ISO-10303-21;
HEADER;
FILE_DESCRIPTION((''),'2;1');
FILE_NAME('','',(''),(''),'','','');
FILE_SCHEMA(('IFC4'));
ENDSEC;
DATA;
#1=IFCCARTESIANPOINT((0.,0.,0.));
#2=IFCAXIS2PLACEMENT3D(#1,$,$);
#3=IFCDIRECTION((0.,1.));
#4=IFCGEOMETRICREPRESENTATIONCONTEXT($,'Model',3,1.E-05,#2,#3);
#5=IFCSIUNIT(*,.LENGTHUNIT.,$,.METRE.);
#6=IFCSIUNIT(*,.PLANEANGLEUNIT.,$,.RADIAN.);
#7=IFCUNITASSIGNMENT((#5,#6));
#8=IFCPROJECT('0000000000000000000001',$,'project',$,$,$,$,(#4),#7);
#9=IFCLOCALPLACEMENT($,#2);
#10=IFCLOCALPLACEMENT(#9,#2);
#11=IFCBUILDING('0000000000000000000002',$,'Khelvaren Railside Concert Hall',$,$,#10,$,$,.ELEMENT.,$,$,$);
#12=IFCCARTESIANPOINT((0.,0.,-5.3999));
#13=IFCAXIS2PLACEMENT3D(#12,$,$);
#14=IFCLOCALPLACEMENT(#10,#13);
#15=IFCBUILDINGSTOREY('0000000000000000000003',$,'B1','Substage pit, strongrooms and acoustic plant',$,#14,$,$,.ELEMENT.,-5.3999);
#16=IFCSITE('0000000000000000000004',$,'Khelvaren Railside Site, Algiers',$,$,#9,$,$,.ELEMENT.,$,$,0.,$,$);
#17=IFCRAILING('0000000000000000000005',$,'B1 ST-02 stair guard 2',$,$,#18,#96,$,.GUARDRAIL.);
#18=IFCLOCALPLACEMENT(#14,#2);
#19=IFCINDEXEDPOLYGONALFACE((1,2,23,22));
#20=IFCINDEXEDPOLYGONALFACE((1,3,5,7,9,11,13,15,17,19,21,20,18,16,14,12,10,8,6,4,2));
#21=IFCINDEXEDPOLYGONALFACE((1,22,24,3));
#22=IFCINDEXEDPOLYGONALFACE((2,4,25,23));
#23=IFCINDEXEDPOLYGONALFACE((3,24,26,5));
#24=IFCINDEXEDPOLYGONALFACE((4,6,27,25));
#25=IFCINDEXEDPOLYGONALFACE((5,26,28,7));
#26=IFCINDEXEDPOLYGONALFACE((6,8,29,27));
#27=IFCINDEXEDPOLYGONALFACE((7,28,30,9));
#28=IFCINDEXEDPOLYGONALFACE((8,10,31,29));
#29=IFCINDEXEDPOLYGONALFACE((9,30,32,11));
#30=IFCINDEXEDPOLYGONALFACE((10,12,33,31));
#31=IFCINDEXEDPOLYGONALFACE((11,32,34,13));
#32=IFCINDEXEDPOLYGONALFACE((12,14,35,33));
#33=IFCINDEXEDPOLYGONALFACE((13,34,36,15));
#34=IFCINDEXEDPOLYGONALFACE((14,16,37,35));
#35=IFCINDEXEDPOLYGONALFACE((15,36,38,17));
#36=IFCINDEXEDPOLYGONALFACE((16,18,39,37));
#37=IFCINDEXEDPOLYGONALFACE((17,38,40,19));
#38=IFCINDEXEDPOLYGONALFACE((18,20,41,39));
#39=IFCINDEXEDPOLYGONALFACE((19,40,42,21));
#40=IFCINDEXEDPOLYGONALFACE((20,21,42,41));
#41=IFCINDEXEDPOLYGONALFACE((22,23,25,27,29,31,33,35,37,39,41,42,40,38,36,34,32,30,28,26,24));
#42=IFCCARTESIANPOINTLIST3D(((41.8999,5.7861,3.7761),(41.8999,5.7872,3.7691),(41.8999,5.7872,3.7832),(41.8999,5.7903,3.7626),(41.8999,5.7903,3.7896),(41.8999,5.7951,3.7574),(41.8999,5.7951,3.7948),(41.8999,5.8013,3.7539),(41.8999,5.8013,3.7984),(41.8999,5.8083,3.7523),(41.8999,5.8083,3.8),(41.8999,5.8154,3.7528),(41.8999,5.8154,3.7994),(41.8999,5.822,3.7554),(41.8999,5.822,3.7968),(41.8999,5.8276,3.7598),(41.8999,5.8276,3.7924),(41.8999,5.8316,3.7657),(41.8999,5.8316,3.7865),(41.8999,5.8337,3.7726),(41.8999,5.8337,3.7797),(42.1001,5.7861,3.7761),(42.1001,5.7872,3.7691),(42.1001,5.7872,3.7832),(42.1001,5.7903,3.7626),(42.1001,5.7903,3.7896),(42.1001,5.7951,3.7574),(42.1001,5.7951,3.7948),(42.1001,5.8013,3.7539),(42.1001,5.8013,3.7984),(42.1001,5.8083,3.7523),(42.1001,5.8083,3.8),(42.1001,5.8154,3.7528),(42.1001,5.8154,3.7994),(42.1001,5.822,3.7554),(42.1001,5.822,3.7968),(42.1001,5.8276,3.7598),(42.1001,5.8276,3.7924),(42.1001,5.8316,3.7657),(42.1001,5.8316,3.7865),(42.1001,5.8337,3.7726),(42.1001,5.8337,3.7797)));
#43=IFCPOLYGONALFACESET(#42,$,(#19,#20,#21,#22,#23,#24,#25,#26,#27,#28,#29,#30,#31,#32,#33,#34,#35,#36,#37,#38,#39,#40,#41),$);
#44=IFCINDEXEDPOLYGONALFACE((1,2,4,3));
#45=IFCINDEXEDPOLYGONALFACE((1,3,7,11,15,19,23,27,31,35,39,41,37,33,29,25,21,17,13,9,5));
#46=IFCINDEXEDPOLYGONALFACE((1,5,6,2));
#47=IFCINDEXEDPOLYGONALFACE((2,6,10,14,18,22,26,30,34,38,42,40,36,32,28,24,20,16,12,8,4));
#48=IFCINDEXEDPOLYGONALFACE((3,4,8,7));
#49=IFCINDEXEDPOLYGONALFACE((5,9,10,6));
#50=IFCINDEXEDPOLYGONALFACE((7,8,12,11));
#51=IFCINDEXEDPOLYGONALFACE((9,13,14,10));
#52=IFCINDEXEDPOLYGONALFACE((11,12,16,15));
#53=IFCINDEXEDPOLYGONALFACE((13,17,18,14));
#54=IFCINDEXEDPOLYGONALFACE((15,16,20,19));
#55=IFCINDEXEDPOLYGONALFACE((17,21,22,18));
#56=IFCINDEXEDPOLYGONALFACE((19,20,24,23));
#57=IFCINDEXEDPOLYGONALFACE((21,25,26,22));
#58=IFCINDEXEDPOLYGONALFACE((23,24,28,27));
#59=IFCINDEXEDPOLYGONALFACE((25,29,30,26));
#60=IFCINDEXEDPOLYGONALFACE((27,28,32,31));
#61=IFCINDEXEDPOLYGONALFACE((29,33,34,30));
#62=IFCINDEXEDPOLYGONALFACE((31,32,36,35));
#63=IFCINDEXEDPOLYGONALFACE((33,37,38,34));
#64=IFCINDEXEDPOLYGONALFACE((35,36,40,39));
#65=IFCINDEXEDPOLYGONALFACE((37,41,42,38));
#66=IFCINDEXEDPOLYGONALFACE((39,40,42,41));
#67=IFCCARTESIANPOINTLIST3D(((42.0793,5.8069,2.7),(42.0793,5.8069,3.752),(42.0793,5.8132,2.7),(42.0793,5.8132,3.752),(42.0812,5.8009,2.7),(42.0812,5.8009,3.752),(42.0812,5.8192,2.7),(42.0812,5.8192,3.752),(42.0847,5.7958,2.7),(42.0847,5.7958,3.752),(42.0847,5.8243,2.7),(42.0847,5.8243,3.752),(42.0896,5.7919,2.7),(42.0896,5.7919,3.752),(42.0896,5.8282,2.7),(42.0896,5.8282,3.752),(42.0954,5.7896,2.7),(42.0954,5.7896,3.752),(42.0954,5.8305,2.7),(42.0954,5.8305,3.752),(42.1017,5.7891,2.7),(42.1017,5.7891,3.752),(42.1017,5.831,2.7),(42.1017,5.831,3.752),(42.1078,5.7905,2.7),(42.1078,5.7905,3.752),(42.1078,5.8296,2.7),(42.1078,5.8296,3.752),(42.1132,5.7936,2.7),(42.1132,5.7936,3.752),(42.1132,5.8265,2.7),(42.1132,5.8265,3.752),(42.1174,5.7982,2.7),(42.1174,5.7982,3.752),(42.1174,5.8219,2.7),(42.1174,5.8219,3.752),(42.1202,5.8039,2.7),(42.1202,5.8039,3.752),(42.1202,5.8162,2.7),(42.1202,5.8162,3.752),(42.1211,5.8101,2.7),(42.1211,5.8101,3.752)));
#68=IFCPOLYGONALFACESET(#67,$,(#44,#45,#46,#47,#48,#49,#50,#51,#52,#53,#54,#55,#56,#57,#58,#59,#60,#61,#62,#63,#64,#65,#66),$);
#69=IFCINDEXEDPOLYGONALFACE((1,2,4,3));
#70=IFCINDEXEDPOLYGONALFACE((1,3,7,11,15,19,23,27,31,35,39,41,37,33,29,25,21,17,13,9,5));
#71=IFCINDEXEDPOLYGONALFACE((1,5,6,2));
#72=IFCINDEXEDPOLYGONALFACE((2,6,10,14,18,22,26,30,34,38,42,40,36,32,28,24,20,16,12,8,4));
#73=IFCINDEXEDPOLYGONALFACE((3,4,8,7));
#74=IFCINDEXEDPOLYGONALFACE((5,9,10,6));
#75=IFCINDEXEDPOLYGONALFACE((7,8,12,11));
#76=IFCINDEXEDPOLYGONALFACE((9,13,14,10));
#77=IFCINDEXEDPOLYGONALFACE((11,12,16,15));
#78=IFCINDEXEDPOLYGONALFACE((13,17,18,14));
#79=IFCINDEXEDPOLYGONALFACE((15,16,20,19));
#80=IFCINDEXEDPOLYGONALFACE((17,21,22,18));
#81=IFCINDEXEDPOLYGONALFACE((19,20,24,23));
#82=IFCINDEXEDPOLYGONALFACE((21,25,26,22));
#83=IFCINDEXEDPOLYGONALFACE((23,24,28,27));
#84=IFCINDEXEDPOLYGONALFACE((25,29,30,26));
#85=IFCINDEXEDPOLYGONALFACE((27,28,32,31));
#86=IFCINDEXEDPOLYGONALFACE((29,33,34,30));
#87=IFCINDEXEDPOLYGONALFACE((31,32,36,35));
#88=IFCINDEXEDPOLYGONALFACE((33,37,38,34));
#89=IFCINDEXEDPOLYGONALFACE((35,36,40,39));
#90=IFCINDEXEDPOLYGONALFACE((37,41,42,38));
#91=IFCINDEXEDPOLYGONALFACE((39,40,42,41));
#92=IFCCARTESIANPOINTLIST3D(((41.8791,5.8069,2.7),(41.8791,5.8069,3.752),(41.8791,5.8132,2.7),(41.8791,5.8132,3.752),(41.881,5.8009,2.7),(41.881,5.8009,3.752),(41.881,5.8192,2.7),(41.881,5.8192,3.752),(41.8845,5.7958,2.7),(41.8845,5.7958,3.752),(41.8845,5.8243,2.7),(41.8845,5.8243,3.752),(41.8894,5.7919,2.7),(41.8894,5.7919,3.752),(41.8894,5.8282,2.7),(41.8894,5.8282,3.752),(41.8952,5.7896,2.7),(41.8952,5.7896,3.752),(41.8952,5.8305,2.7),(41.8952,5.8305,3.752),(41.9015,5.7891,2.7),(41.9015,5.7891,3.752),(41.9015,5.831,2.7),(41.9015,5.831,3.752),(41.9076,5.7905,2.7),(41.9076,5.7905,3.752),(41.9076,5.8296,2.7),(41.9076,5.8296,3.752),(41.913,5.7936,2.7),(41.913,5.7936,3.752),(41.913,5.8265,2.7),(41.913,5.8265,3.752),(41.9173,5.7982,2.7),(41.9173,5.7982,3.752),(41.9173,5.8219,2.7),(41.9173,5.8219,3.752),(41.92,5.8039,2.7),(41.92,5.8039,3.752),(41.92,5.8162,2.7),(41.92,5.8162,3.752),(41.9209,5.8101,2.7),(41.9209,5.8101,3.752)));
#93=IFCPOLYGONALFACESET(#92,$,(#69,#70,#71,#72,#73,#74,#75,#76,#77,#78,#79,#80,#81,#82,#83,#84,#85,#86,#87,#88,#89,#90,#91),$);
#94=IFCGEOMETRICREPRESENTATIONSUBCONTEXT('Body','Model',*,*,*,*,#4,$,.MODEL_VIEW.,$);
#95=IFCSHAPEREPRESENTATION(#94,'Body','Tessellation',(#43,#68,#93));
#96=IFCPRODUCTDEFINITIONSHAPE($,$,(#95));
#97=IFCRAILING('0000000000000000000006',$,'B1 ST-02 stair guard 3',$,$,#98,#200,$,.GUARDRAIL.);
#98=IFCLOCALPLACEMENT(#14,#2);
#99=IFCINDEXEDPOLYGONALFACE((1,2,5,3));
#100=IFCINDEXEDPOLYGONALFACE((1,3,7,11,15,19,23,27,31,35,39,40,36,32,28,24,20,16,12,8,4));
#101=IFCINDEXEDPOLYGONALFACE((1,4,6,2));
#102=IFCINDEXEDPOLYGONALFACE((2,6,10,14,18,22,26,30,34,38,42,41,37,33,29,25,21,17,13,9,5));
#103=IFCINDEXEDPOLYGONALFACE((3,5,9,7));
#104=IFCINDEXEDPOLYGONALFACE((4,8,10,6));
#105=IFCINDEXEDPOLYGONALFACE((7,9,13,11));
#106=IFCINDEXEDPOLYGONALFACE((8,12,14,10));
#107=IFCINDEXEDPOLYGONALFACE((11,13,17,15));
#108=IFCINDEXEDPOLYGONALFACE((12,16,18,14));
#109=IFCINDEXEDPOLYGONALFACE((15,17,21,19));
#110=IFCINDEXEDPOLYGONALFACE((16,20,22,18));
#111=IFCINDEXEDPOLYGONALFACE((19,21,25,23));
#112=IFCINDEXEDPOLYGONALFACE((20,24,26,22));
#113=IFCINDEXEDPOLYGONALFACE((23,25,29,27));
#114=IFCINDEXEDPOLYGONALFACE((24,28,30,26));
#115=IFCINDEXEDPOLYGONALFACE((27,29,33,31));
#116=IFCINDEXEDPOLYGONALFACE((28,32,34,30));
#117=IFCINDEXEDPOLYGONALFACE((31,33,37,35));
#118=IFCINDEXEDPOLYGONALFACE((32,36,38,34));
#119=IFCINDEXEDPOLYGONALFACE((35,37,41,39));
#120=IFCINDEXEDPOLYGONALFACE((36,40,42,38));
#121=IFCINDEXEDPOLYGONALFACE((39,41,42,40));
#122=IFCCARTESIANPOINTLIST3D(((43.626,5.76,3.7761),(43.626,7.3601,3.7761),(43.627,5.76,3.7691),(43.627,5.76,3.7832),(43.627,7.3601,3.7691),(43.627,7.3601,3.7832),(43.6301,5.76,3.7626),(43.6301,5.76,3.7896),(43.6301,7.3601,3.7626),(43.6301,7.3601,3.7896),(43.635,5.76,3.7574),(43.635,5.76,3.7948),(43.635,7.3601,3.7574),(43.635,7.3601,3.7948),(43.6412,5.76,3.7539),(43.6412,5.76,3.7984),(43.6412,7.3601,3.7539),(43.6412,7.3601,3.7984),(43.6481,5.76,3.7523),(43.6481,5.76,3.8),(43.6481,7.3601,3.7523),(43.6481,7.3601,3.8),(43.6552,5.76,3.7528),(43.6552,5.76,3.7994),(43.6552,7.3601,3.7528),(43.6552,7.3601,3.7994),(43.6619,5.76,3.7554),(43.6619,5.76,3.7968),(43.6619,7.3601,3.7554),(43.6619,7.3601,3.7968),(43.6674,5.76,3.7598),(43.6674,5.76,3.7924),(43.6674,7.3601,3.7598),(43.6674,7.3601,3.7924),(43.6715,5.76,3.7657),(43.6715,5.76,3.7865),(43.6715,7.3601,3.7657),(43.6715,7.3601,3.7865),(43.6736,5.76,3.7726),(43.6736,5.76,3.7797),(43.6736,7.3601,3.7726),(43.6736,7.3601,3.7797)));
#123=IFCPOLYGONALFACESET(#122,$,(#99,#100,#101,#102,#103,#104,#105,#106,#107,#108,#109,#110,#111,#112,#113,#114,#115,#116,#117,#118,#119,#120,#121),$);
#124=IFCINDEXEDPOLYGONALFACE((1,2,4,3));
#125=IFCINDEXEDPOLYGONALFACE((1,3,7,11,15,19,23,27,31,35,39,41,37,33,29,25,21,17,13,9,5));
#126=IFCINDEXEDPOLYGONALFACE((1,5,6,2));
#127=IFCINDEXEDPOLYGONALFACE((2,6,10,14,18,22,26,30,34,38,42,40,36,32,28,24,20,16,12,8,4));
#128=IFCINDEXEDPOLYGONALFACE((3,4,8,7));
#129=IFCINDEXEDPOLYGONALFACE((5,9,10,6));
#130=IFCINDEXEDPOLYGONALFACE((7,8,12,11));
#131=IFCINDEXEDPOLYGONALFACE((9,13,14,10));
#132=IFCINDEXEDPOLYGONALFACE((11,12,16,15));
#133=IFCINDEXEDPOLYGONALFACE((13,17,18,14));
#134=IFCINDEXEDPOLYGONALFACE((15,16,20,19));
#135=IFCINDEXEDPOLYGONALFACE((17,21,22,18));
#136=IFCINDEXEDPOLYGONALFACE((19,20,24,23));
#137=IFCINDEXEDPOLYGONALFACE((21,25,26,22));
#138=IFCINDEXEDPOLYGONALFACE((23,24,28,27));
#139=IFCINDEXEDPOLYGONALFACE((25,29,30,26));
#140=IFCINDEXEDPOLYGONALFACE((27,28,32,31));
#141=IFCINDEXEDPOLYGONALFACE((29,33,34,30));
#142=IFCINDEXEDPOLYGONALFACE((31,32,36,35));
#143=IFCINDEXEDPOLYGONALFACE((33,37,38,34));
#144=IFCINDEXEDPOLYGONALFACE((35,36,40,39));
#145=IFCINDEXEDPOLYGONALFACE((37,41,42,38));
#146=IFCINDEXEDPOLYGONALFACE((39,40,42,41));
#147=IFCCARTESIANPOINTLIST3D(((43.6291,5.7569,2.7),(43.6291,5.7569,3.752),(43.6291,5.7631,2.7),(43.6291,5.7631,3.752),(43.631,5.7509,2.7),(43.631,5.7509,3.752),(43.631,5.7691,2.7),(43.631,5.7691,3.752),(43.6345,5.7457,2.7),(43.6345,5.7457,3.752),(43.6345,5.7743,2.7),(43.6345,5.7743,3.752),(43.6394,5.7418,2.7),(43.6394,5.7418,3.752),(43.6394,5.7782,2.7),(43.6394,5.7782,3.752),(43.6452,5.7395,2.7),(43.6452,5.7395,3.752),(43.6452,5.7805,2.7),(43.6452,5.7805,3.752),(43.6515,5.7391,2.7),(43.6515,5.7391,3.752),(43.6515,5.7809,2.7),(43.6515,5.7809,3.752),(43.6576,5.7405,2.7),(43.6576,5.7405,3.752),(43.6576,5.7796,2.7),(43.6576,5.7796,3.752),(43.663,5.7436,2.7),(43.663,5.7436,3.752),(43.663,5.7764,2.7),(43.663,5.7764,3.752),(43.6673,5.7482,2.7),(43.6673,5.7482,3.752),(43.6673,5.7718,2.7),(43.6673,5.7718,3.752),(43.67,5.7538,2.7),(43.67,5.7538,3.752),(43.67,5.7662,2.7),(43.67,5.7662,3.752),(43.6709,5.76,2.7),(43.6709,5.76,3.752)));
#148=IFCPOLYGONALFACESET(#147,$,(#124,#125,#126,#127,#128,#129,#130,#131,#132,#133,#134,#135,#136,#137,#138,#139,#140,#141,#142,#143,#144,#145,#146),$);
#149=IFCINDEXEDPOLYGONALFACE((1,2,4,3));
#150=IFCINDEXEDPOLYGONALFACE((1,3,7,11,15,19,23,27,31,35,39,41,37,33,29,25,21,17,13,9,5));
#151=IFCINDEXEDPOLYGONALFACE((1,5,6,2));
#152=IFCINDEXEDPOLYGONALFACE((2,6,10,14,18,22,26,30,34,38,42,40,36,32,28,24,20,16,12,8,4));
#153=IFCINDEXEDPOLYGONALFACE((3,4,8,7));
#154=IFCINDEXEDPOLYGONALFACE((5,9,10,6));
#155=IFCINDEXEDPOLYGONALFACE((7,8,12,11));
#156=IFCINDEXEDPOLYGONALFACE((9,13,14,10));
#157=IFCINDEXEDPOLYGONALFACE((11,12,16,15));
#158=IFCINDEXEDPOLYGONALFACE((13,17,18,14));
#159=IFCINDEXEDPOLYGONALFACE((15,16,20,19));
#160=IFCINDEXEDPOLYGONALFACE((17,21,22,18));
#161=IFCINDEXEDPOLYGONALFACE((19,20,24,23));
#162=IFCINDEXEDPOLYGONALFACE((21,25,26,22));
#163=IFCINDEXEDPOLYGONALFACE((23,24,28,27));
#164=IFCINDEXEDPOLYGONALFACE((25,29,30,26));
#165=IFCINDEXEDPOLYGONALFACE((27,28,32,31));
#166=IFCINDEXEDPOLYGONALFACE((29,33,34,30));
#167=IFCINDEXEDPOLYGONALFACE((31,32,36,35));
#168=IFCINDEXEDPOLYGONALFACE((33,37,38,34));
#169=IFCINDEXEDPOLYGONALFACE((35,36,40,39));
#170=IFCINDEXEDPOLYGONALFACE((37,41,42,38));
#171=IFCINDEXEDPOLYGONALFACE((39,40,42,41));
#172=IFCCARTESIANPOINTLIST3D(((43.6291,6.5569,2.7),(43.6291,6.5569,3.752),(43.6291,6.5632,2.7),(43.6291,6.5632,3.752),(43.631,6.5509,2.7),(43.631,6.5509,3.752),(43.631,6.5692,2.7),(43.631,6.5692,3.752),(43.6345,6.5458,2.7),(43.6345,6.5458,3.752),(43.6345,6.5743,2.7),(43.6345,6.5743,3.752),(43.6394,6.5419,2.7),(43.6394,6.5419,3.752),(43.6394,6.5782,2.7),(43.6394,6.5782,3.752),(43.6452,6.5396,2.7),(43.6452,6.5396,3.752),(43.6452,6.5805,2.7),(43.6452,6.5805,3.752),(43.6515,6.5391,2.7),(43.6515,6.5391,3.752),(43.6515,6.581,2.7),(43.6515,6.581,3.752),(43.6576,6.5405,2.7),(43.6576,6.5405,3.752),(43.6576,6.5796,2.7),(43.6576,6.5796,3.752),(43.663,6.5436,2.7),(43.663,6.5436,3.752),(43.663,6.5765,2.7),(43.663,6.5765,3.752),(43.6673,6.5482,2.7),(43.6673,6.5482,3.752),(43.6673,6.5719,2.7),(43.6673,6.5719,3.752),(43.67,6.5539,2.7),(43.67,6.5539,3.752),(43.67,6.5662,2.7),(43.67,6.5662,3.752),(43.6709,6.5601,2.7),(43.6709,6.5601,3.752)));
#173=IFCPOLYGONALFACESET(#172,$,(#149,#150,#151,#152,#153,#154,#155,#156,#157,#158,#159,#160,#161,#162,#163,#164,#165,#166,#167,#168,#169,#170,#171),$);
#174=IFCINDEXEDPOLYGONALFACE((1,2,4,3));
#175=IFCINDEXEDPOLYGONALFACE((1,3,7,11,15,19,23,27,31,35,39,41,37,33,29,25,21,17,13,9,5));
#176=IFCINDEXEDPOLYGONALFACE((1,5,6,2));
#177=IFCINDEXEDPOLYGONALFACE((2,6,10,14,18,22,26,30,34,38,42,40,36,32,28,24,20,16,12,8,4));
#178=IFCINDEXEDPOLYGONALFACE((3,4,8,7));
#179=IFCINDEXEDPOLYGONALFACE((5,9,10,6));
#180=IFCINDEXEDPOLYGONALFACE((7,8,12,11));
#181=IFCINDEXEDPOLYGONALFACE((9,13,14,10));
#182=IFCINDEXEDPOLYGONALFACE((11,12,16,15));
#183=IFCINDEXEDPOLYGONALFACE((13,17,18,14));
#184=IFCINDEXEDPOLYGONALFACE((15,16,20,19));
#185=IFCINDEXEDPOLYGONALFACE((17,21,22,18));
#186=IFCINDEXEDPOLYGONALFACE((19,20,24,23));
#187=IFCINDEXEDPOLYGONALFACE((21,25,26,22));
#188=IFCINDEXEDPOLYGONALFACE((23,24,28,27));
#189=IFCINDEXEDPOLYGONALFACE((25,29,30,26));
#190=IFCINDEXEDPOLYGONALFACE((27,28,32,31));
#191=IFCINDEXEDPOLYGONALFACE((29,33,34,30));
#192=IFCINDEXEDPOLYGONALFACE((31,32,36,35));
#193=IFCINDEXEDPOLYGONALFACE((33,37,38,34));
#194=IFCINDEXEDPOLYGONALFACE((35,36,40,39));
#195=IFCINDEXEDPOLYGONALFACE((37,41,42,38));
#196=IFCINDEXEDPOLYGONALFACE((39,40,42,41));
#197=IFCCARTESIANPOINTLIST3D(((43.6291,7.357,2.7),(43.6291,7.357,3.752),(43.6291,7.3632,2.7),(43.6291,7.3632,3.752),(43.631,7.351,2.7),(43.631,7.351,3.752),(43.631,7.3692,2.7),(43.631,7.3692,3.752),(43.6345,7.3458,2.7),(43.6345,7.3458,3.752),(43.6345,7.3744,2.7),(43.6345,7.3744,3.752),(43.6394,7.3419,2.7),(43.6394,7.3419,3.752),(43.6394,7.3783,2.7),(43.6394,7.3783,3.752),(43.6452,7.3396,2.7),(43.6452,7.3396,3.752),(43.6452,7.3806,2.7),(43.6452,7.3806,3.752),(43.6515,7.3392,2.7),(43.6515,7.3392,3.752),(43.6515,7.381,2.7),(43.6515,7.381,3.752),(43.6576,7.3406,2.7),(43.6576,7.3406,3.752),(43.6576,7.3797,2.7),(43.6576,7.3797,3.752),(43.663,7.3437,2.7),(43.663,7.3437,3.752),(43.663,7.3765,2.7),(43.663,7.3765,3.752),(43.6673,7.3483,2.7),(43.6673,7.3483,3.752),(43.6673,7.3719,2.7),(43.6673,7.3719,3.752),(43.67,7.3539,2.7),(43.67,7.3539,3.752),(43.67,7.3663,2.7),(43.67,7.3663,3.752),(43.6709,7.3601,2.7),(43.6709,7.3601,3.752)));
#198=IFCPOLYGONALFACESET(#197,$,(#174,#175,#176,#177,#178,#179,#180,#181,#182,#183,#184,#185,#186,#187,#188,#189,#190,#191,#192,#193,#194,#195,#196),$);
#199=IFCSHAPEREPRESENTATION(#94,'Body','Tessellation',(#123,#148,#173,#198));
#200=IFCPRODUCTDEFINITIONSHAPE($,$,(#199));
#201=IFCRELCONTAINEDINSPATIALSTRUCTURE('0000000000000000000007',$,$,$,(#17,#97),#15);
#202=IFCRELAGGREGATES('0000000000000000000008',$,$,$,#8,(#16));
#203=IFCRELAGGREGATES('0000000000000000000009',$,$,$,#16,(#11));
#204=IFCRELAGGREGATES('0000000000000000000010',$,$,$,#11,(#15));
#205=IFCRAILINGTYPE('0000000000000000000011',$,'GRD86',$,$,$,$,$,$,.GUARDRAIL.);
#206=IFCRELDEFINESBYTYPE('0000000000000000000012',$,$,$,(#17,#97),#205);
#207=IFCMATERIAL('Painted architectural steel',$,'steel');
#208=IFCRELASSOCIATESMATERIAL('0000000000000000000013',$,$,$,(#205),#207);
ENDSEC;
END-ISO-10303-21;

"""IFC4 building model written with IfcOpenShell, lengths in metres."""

from ifc_helpers import new_model, si_unit, direction, frame, origin, origin_2d, place, context, subcontext, project, spatial, circle, extrude, material, type_object, element, save


model = new_model("IFC4")

# Units and contexts
model_context = context("Model", 3, precision=1e-05, world=origin(), true_north=direction((0.0, 1.0)))
body_context = subcontext(model_context, "Body", "Model", "MODEL_VIEW")
ifc_project = project(units=[si_unit("LENGTHUNIT", "METRE"), si_unit("PLANEANGLEUNIT", "RADIAN")], contexts=[model_context])

# Site, building, storey
site_placement = place(None, origin())
site = spatial("IfcSite", under=ifc_project, at=site_placement, Name="Khelvaren Railside Site, Algiers", CompositionType="ELEMENT", RefElevation=0.0)
building_placement = place(site_placement, origin())
building = spatial("IfcBuilding", under=site, at=building_placement, Name="Khelvaren Railside Concert Hall", CompositionType="ELEMENT")
storey_placement = place(building_placement, frame((0.0, 0.0, -5.3999)))
storey = spatial("IfcBuildingStorey", under=building, at=storey_placement, Name="B1", Description="Substage pit, strongrooms and acoustic plant", CompositionType="ELEMENT", Elevation=-5.3999)

# Railings
ifc_material_1 = material(Name="Painted architectural steel", Category="steel")
railing_type_1 = type_object("IfcRailingType", Name="GRD86", PredefinedType="GUARDRAIL", material=ifc_material_1)
railing_1_placement = place(storey_placement, frame((42.1001, 5.8101, 2.7)))
element("IfcRailing", 1, at=railing_1_placement, inside=storey, type_object=railing_type_1, Name="B1 ST-02 stair guard 2", PredefinedType="GUARDRAIL", context=body_context, shape_type="SweptSolid", body=[
    extrude(circle(Radius=0.0239, at=origin_2d()), frame((0.0, 0.0, 1.0762), z_axis=(-1.0, 0.0, 0.0), x_axis=(0.0, -1.0, 0.0)), (0.0, 0.0, 1.0), 0.2002),
    extrude(circle(Radius=0.021, at=origin_2d()), origin(), (0.0, 0.0, 1.0), 1.052),
    extrude(circle(Radius=0.021, at=origin_2d()), frame((-0.2002, 0.0, 0.0)), (0.0, 0.0, 1.0), 1.052),
])
for number, where, name in (
    (2, (43.6499, 5.76, 2.7), "B1 ST-02 stair guard 3"),
):
    element("IfcRailing", number, at=place(storey_placement, frame(where)), inside=storey, type_object=railing_type_1, Name=name, PredefinedType="GUARDRAIL", context=body_context, shape_type="SweptSolid", body=[
        extrude(circle(Radius=0.0239, at=origin_2d()), frame((0.0, 0.0, 1.0762), z_axis=(0.0, 1.0, 0.0), x_axis=(-1.0, 0.0, 0.0)), (0.0, 0.0, 1.0), 1.6001),
        extrude(circle(Radius=0.021, at=origin_2d()), origin(), (0.0, 0.0, 1.0), 1.052),
        extrude(circle(Radius=0.021, at=origin_2d()), frame((0.0, 0.8, 0.0)), (0.0, 0.0, 1.0), 1.052),
        extrude(circle(Radius=0.021, at=origin_2d()), frame((0.0, 1.6001, 0.0)), (0.0, 0.0, 1.0), 1.052),
    ])

save(model, "model.ifc")
